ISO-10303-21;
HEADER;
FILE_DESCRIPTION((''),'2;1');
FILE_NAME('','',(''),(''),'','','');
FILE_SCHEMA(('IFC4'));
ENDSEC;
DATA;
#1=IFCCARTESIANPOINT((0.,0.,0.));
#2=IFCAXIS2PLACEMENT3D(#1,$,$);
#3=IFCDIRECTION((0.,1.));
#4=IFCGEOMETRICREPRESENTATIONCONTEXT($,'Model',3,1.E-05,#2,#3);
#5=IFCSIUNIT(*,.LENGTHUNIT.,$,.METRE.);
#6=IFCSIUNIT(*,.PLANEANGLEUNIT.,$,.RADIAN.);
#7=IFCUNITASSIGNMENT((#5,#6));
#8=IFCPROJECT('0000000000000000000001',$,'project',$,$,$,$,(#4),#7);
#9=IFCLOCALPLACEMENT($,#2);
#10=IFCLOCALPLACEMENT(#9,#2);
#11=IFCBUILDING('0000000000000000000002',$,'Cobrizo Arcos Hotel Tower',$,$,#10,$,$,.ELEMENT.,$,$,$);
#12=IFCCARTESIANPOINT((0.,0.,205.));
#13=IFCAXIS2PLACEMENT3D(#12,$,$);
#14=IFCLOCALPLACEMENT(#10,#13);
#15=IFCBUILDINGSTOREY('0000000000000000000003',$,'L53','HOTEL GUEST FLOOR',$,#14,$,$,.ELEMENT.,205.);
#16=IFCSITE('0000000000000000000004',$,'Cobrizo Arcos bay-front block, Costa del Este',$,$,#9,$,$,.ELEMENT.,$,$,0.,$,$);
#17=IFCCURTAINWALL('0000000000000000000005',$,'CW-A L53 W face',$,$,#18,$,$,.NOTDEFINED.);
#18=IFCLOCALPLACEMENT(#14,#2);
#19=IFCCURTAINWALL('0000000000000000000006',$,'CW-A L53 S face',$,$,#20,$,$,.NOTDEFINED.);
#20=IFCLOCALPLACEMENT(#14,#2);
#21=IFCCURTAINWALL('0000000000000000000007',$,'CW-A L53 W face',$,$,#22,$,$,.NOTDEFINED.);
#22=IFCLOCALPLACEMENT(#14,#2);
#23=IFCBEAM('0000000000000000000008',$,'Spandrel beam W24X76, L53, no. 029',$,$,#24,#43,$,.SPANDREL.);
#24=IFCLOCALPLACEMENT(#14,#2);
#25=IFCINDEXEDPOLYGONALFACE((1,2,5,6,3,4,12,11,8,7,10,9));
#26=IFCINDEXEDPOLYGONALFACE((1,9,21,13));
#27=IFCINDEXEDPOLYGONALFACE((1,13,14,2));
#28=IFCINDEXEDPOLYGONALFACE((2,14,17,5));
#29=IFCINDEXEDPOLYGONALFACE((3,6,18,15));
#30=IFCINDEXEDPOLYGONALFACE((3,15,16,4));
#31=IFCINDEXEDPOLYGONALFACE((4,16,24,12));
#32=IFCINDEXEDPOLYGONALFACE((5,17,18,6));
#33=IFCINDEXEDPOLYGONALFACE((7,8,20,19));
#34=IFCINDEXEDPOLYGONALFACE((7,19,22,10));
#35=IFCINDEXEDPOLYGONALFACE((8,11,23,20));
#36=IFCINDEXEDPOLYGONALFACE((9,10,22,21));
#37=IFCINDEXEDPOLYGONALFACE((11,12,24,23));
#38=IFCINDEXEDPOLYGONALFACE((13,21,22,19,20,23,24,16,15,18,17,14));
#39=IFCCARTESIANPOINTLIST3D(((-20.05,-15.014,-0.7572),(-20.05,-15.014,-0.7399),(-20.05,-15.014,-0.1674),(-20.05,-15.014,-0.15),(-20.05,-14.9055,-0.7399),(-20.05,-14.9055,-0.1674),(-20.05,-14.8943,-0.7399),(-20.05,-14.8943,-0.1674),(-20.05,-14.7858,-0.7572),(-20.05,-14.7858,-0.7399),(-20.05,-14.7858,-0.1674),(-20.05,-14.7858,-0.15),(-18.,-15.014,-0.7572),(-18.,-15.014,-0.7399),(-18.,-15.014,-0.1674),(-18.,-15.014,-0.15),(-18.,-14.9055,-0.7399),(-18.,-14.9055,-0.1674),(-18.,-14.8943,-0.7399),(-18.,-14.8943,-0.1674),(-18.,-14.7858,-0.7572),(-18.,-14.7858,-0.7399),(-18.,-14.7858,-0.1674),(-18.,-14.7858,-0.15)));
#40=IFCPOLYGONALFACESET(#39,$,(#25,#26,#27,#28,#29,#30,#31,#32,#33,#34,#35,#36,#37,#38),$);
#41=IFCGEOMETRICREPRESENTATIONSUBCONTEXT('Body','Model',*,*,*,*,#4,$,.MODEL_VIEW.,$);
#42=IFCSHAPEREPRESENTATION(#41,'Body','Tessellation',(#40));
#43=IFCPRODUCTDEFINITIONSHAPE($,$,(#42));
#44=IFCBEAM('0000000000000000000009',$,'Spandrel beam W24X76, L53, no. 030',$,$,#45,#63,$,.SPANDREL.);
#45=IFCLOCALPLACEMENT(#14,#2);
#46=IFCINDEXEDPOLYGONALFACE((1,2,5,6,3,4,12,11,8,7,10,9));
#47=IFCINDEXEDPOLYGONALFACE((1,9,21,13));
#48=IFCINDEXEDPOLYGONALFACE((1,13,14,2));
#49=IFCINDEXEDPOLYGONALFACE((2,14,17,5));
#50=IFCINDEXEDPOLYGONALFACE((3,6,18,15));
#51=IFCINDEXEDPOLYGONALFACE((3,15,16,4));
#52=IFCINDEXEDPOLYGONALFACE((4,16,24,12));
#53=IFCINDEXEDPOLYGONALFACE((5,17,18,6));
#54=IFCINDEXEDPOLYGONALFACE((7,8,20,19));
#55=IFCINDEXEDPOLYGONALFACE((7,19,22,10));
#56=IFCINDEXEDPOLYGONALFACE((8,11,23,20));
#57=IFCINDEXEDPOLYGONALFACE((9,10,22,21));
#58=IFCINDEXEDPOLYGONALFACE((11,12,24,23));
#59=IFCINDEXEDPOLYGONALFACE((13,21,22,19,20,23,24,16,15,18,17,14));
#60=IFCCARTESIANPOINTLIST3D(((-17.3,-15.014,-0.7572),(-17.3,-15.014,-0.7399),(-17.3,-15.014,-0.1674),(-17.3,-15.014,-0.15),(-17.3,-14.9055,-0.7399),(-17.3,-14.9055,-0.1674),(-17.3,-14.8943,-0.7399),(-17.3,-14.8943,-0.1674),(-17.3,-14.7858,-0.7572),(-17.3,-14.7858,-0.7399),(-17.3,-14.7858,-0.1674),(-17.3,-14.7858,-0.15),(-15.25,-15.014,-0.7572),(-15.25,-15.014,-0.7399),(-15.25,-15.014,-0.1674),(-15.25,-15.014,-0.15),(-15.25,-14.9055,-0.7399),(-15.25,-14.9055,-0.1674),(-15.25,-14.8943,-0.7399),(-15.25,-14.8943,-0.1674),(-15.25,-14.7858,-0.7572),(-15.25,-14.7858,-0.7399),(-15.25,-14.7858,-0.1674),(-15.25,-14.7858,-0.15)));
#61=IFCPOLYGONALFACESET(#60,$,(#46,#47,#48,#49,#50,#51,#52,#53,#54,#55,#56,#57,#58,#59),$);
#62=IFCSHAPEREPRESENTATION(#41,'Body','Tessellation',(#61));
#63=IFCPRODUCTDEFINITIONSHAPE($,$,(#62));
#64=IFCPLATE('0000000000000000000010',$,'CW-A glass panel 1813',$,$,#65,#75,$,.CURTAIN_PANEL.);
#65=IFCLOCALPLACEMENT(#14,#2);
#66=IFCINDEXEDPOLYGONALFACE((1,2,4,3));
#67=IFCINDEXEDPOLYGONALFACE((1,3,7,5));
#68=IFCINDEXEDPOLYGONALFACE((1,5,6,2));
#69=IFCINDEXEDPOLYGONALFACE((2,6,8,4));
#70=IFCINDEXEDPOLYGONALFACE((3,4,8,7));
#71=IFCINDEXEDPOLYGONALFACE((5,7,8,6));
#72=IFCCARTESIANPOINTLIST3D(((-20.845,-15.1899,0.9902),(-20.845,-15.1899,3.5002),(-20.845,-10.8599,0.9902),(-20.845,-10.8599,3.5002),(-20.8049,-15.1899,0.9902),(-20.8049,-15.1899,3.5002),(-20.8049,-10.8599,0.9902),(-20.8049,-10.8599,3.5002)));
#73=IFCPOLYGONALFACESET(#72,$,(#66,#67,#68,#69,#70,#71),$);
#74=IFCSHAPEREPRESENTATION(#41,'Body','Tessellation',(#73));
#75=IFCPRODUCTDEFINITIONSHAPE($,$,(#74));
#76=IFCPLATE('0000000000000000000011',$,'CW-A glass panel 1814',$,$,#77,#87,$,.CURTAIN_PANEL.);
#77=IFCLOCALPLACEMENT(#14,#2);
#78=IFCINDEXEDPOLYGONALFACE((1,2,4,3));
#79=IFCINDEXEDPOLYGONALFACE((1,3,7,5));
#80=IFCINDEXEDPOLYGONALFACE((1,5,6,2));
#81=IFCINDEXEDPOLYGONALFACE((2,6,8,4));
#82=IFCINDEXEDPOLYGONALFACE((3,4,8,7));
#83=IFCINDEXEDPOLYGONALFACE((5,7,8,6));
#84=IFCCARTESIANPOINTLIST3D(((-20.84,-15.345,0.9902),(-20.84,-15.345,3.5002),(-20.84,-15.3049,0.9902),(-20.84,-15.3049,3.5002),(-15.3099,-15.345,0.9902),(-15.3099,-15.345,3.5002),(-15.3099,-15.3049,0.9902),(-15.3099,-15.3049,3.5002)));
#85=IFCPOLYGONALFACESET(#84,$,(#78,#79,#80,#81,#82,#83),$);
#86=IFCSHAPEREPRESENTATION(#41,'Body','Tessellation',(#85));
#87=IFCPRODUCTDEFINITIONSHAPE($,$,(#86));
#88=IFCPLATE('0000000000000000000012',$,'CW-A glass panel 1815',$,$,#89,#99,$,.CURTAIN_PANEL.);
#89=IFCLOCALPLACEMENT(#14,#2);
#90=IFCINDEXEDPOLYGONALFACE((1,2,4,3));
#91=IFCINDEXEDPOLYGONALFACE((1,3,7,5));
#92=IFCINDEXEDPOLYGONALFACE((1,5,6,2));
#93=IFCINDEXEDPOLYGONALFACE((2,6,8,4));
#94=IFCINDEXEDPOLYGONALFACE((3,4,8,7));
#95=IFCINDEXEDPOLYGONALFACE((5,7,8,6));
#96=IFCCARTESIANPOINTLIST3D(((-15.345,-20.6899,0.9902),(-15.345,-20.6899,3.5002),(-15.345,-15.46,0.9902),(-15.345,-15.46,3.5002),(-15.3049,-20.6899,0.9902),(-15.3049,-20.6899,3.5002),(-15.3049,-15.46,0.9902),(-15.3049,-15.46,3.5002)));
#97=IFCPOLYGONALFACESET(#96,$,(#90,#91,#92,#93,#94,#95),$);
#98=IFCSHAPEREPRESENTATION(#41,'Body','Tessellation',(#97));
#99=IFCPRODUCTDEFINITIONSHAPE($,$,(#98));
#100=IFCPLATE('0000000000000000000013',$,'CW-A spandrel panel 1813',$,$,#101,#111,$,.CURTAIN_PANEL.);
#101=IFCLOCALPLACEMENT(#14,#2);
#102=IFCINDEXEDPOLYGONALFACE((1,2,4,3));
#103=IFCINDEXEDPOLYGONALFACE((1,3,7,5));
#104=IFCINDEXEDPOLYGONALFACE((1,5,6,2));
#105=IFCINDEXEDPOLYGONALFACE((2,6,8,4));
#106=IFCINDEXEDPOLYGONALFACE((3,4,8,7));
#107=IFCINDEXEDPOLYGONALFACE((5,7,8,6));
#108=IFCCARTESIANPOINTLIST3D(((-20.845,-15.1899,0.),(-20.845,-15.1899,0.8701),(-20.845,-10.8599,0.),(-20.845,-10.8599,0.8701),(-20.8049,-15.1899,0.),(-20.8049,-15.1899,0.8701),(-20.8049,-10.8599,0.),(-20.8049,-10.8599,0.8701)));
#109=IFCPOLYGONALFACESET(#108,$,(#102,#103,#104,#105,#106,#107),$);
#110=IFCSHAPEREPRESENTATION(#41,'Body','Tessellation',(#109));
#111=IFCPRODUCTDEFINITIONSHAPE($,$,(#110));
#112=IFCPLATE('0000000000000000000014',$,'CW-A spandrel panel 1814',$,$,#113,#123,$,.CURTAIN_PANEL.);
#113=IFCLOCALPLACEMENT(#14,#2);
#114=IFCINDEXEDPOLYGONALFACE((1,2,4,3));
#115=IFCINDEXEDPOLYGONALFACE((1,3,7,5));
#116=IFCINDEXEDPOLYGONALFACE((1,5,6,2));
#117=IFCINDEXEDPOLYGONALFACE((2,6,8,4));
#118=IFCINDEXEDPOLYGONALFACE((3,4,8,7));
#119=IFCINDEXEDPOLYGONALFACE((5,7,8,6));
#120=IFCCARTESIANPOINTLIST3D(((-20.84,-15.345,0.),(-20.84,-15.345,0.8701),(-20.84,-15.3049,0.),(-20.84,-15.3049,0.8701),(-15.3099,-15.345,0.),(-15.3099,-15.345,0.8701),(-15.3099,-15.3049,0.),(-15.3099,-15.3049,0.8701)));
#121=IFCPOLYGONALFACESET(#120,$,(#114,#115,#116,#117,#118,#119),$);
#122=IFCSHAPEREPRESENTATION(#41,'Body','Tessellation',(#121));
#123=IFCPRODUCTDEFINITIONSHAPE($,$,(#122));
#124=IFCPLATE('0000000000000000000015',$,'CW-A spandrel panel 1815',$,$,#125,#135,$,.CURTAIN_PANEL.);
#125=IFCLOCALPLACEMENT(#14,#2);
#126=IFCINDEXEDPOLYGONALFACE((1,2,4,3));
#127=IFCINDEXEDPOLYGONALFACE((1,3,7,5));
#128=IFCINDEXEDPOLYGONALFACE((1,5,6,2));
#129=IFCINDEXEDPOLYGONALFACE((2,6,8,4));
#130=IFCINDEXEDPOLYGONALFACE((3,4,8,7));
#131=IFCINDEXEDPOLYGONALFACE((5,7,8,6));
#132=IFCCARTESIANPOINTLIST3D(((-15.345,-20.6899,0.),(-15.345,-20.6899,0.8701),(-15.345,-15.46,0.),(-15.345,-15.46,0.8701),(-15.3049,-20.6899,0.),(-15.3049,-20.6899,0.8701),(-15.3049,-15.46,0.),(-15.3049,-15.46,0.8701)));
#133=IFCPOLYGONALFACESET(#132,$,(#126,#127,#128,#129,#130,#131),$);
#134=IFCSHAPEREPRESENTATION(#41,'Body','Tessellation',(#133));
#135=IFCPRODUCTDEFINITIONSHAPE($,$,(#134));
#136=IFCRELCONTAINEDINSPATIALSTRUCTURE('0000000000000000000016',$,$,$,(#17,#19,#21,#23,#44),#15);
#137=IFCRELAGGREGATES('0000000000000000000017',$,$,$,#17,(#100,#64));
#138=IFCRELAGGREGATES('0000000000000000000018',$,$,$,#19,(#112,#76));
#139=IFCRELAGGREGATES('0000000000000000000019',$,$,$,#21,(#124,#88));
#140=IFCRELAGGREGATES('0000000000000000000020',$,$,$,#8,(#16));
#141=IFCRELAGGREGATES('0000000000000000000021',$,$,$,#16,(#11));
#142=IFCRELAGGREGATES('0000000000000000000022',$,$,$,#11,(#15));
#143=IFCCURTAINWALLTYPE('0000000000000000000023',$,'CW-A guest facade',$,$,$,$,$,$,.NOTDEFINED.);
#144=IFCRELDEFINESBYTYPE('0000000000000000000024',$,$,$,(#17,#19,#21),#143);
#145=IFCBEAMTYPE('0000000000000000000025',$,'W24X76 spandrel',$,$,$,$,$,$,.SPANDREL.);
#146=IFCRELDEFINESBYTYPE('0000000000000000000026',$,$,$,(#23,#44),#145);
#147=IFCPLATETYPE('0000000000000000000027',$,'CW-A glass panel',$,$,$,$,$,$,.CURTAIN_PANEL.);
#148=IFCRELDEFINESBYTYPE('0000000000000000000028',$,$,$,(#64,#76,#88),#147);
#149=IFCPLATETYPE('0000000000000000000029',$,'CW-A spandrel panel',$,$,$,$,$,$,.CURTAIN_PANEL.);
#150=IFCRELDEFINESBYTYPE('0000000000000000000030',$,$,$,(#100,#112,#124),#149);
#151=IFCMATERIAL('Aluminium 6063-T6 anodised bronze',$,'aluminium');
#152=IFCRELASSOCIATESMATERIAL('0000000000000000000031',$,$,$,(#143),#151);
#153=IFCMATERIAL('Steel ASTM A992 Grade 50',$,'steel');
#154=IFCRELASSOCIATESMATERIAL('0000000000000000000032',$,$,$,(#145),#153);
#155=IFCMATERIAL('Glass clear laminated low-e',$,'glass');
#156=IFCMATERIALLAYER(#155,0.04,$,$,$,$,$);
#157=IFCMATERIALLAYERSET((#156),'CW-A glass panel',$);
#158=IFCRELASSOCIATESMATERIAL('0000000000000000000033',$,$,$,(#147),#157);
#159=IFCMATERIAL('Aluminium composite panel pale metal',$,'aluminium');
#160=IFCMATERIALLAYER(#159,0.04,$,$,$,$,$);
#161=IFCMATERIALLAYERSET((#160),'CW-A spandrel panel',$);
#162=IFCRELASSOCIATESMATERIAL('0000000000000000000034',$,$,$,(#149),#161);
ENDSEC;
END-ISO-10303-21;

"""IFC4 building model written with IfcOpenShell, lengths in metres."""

from ifc_helpers import new_model, si_unit, direction, frame, origin, origin_2d, place, context, subcontext, project, spatial, rectangle, i_section, extrude, material, layer, layer_set, material_profile, profile_set, type_object, element, aggregate, save


model = new_model("IFC4")

# Units and contexts
model_context = context("Model", 3, precision=1e-05, world=origin(), true_north=direction((0.0, 1.0)))
body_context = subcontext(model_context, "Body", "Model", "MODEL_VIEW")
ifc_project = project(units=[si_unit("LENGTHUNIT", "METRE"), si_unit("PLANEANGLEUNIT", "RADIAN")], contexts=[model_context])

# Site, building, storey
site_placement = place(None, origin())
site = spatial("IfcSite", under=ifc_project, at=site_placement, Name="Cobrizo Arcos bay-front block, Costa del Este", CompositionType="ELEMENT", RefElevation=0.0)
building_placement = place(site_placement, origin())
building = spatial("IfcBuilding", under=site, at=building_placement, Name="Cobrizo Arcos Hotel Tower", CompositionType="ELEMENT")
storey_placement = place(building_placement, frame((0.0, 0.0, 205.0)))
storey = spatial("IfcBuildingStorey", under=building, at=storey_placement, Name="L53", Description="HOTEL GUEST FLOOR", CompositionType="ELEMENT", Elevation=205.0)

# Shared definitions
ifc_material_1 = material(Name="Aluminium 6063-T6 anodised bronze", Category="aluminium")
curtain_wall_type = type_object("IfcCurtainWallType", Name="CW-A guest facade", PredefinedType="NOTDEFINED", material=ifc_material_1)

# Curtain wall
curtain_wall_1_placement = place(storey_placement, origin())
curtain_wall_1 = element("IfcCurtainWall", 1, at=curtain_wall_1_placement, inside=storey, type_object=curtain_wall_type, Name="CW-A L53 W face", PredefinedType="NOTDEFINED")

# Curtain walls
curtain_wall_2_placement = place(storey_placement, origin())
curtain_wall_2 = element("IfcCurtainWall", 2, at=curtain_wall_2_placement, inside=storey, type_object=curtain_wall_type, Name="CW-A L53 S face", PredefinedType="NOTDEFINED")
curtain_wall_3_placement = place(storey_placement, origin())
curtain_wall_3 = element("IfcCurtainWall", 3, at=curtain_wall_3_placement, inside=storey, type_object=curtain_wall_type, Name="CW-A L53 W face", PredefinedType="NOTDEFINED")

# Beams
ifc_material_2 = material(Name="Steel ASTM A992 Grade 50", Category="steel")
ifc_material_profile_1 = material_profile(ifc_material_2, i_section(OverallWidth=0.2283, OverallDepth=0.6072, WebThickness=0.0112, FlangeThickness=0.0173, at=origin_2d()), Name="W24X76")
ifc_profile_set_1 = profile_set([ifc_material_profile_1], Name="Steel ASTM A992 Grade 50")
beam_type_1 = type_object("IfcBeamType", Name="W24X76 spandrel", PredefinedType="SPANDREL", material=ifc_profile_set_1)
for number, where, z_axis, x_axis, name in (
    (4, (-20.05, -14.8999, -0.4536), (1.0, 0.0, 0.0), (0.0, 1.0, 0.0), "Spandrel beam W24X76, L53, no. 029"),
    (5, (-17.3, -14.8999, -0.4536), (1.0, 0.0, 0.0), (0.0, 1.0, 0.0), "Spandrel beam W24X76, L53, no. 030"),
):
    element("IfcBeam", number, at=place(storey_placement, frame(where, z_axis=z_axis, x_axis=x_axis)), inside=storey, type_object=beam_type_1, Name=name, PredefinedType="SPANDREL", context=body_context, shape_type="SweptSolid", body=[
        extrude(i_section(OverallWidth=0.2283, OverallDepth=0.6072, WebThickness=0.0112, FlangeThickness=0.0173, at=origin_2d()), origin(), (0.0, 0.0, 1.0), 2.05),
    ])

# Plates
ifc_material_3 = material(Name="Glass clear laminated low-e", Category="glass")
ifc_layer_1 = layer(ifc_material_3, 0.04)
ifc_layer_set_1 = layer_set([ifc_layer_1], Name="CW-A glass panel")
plate_type_1 = type_object("IfcPlateType", Name="CW-A glass panel", PredefinedType="CURTAIN_PANEL", material=ifc_layer_set_1)
plate_1_placement = place(storey_placement, frame((-20.825, -13.0249, 0.9902), z_axis=(0.0, 0.0, 1.0), x_axis=(0.0, -1.0, 0.0)))
plate_1 = element("IfcPlate", 6, at=plate_1_placement, type_object=plate_type_1, Name="CW-A glass panel 1813", PredefinedType="CURTAIN_PANEL", context=body_context, shape_type="SweptSolid", body=[
    extrude(rectangle(XDim=4.3301, YDim=0.04, at=origin_2d()), origin(), (0.0, 0.0, 1.0), 2.51),
])
plate_2_placement = place(storey_placement, frame((-18.075, -15.325, 0.9902), z_axis=(0.0, 0.0, 1.0), x_axis=(1.0, 0.0, 0.0)))
plate_2 = element("IfcPlate", 7, at=plate_2_placement, type_object=plate_type_1, Name="CW-A glass panel 1814", PredefinedType="CURTAIN_PANEL", context=body_context, shape_type="SweptSolid", body=[
    extrude(rectangle(XDim=5.53, YDim=0.04, at=origin_2d()), origin(), (0.0, 0.0, 1.0), 2.51),
])
plate_3_placement = place(storey_placement, frame((-15.325, -18.075, 0.9902), z_axis=(0.0, 0.0, 1.0), x_axis=(0.0, -1.0, 0.0)))
plate_3 = element("IfcPlate", 8, at=plate_3_placement, type_object=plate_type_1, Name="CW-A glass panel 1815", PredefinedType="CURTAIN_PANEL", context=body_context, shape_type="SweptSolid", body=[
    extrude(rectangle(XDim=5.23, YDim=0.04, at=origin_2d()), origin(), (0.0, 0.0, 1.0), 2.51),
])
ifc_material_4 = material(Name="Aluminium composite panel pale metal", Category="aluminium")
ifc_layer_2 = layer(ifc_material_4, 0.04)
ifc_layer_set_2 = layer_set([ifc_layer_2], Name="CW-A spandrel panel")
plate_type_2 = type_object("IfcPlateType", Name="CW-A spandrel panel", PredefinedType="CURTAIN_PANEL", material=ifc_layer_set_2)
plate_4_placement = place(storey_placement, frame((-20.825, -13.0249, 0.0), z_axis=(0.0, 0.0, 1.0), x_axis=(0.0, -1.0, 0.0)))
plate_4 = element("IfcPlate", 9, at=plate_4_placement, type_object=plate_type_2, Name="CW-A spandrel panel 1813", PredefinedType="CURTAIN_PANEL", context=body_context, shape_type="SweptSolid", body=[
    extrude(rectangle(XDim=4.3301, YDim=0.04, at=origin_2d()), origin(), (0.0, 0.0, 1.0), 0.8701),
])
aggregate(curtain_wall_1, [plate_4, plate_1])
plate_5_placement = place(storey_placement, frame((-18.075, -15.325, 0.0), z_axis=(0.0, 0.0, 1.0), x_axis=(1.0, 0.0, 0.0)))
plate_5 = element("IfcPlate", 10, at=plate_5_placement, type_object=plate_type_2, Name="CW-A spandrel panel 1814", PredefinedType="CURTAIN_PANEL", context=body_context, shape_type="SweptSolid", body=[
    extrude(rectangle(XDim=5.53, YDim=0.04, at=origin_2d()), origin(), (0.0, 0.0, 1.0), 0.8701),
])
aggregate(curtain_wall_2, [plate_5, plate_2])
plate_6_placement = place(storey_placement, frame((-15.325, -18.075, 0.0), z_axis=(0.0, 0.0, 1.0), x_axis=(0.0, -1.0, 0.0)))
plate_6 = element("IfcPlate", 11, at=plate_6_placement, type_object=plate_type_2, Name="CW-A spandrel panel 1815", PredefinedType="CURTAIN_PANEL", context=body_context, shape_type="SweptSolid", body=[
    extrude(rectangle(XDim=5.23, YDim=0.04, at=origin_2d()), origin(), (0.0, 0.0, 1.0), 0.8701),
])
aggregate(curtain_wall_3, [plate_6, plate_3])

save(model, "model.ifc")
